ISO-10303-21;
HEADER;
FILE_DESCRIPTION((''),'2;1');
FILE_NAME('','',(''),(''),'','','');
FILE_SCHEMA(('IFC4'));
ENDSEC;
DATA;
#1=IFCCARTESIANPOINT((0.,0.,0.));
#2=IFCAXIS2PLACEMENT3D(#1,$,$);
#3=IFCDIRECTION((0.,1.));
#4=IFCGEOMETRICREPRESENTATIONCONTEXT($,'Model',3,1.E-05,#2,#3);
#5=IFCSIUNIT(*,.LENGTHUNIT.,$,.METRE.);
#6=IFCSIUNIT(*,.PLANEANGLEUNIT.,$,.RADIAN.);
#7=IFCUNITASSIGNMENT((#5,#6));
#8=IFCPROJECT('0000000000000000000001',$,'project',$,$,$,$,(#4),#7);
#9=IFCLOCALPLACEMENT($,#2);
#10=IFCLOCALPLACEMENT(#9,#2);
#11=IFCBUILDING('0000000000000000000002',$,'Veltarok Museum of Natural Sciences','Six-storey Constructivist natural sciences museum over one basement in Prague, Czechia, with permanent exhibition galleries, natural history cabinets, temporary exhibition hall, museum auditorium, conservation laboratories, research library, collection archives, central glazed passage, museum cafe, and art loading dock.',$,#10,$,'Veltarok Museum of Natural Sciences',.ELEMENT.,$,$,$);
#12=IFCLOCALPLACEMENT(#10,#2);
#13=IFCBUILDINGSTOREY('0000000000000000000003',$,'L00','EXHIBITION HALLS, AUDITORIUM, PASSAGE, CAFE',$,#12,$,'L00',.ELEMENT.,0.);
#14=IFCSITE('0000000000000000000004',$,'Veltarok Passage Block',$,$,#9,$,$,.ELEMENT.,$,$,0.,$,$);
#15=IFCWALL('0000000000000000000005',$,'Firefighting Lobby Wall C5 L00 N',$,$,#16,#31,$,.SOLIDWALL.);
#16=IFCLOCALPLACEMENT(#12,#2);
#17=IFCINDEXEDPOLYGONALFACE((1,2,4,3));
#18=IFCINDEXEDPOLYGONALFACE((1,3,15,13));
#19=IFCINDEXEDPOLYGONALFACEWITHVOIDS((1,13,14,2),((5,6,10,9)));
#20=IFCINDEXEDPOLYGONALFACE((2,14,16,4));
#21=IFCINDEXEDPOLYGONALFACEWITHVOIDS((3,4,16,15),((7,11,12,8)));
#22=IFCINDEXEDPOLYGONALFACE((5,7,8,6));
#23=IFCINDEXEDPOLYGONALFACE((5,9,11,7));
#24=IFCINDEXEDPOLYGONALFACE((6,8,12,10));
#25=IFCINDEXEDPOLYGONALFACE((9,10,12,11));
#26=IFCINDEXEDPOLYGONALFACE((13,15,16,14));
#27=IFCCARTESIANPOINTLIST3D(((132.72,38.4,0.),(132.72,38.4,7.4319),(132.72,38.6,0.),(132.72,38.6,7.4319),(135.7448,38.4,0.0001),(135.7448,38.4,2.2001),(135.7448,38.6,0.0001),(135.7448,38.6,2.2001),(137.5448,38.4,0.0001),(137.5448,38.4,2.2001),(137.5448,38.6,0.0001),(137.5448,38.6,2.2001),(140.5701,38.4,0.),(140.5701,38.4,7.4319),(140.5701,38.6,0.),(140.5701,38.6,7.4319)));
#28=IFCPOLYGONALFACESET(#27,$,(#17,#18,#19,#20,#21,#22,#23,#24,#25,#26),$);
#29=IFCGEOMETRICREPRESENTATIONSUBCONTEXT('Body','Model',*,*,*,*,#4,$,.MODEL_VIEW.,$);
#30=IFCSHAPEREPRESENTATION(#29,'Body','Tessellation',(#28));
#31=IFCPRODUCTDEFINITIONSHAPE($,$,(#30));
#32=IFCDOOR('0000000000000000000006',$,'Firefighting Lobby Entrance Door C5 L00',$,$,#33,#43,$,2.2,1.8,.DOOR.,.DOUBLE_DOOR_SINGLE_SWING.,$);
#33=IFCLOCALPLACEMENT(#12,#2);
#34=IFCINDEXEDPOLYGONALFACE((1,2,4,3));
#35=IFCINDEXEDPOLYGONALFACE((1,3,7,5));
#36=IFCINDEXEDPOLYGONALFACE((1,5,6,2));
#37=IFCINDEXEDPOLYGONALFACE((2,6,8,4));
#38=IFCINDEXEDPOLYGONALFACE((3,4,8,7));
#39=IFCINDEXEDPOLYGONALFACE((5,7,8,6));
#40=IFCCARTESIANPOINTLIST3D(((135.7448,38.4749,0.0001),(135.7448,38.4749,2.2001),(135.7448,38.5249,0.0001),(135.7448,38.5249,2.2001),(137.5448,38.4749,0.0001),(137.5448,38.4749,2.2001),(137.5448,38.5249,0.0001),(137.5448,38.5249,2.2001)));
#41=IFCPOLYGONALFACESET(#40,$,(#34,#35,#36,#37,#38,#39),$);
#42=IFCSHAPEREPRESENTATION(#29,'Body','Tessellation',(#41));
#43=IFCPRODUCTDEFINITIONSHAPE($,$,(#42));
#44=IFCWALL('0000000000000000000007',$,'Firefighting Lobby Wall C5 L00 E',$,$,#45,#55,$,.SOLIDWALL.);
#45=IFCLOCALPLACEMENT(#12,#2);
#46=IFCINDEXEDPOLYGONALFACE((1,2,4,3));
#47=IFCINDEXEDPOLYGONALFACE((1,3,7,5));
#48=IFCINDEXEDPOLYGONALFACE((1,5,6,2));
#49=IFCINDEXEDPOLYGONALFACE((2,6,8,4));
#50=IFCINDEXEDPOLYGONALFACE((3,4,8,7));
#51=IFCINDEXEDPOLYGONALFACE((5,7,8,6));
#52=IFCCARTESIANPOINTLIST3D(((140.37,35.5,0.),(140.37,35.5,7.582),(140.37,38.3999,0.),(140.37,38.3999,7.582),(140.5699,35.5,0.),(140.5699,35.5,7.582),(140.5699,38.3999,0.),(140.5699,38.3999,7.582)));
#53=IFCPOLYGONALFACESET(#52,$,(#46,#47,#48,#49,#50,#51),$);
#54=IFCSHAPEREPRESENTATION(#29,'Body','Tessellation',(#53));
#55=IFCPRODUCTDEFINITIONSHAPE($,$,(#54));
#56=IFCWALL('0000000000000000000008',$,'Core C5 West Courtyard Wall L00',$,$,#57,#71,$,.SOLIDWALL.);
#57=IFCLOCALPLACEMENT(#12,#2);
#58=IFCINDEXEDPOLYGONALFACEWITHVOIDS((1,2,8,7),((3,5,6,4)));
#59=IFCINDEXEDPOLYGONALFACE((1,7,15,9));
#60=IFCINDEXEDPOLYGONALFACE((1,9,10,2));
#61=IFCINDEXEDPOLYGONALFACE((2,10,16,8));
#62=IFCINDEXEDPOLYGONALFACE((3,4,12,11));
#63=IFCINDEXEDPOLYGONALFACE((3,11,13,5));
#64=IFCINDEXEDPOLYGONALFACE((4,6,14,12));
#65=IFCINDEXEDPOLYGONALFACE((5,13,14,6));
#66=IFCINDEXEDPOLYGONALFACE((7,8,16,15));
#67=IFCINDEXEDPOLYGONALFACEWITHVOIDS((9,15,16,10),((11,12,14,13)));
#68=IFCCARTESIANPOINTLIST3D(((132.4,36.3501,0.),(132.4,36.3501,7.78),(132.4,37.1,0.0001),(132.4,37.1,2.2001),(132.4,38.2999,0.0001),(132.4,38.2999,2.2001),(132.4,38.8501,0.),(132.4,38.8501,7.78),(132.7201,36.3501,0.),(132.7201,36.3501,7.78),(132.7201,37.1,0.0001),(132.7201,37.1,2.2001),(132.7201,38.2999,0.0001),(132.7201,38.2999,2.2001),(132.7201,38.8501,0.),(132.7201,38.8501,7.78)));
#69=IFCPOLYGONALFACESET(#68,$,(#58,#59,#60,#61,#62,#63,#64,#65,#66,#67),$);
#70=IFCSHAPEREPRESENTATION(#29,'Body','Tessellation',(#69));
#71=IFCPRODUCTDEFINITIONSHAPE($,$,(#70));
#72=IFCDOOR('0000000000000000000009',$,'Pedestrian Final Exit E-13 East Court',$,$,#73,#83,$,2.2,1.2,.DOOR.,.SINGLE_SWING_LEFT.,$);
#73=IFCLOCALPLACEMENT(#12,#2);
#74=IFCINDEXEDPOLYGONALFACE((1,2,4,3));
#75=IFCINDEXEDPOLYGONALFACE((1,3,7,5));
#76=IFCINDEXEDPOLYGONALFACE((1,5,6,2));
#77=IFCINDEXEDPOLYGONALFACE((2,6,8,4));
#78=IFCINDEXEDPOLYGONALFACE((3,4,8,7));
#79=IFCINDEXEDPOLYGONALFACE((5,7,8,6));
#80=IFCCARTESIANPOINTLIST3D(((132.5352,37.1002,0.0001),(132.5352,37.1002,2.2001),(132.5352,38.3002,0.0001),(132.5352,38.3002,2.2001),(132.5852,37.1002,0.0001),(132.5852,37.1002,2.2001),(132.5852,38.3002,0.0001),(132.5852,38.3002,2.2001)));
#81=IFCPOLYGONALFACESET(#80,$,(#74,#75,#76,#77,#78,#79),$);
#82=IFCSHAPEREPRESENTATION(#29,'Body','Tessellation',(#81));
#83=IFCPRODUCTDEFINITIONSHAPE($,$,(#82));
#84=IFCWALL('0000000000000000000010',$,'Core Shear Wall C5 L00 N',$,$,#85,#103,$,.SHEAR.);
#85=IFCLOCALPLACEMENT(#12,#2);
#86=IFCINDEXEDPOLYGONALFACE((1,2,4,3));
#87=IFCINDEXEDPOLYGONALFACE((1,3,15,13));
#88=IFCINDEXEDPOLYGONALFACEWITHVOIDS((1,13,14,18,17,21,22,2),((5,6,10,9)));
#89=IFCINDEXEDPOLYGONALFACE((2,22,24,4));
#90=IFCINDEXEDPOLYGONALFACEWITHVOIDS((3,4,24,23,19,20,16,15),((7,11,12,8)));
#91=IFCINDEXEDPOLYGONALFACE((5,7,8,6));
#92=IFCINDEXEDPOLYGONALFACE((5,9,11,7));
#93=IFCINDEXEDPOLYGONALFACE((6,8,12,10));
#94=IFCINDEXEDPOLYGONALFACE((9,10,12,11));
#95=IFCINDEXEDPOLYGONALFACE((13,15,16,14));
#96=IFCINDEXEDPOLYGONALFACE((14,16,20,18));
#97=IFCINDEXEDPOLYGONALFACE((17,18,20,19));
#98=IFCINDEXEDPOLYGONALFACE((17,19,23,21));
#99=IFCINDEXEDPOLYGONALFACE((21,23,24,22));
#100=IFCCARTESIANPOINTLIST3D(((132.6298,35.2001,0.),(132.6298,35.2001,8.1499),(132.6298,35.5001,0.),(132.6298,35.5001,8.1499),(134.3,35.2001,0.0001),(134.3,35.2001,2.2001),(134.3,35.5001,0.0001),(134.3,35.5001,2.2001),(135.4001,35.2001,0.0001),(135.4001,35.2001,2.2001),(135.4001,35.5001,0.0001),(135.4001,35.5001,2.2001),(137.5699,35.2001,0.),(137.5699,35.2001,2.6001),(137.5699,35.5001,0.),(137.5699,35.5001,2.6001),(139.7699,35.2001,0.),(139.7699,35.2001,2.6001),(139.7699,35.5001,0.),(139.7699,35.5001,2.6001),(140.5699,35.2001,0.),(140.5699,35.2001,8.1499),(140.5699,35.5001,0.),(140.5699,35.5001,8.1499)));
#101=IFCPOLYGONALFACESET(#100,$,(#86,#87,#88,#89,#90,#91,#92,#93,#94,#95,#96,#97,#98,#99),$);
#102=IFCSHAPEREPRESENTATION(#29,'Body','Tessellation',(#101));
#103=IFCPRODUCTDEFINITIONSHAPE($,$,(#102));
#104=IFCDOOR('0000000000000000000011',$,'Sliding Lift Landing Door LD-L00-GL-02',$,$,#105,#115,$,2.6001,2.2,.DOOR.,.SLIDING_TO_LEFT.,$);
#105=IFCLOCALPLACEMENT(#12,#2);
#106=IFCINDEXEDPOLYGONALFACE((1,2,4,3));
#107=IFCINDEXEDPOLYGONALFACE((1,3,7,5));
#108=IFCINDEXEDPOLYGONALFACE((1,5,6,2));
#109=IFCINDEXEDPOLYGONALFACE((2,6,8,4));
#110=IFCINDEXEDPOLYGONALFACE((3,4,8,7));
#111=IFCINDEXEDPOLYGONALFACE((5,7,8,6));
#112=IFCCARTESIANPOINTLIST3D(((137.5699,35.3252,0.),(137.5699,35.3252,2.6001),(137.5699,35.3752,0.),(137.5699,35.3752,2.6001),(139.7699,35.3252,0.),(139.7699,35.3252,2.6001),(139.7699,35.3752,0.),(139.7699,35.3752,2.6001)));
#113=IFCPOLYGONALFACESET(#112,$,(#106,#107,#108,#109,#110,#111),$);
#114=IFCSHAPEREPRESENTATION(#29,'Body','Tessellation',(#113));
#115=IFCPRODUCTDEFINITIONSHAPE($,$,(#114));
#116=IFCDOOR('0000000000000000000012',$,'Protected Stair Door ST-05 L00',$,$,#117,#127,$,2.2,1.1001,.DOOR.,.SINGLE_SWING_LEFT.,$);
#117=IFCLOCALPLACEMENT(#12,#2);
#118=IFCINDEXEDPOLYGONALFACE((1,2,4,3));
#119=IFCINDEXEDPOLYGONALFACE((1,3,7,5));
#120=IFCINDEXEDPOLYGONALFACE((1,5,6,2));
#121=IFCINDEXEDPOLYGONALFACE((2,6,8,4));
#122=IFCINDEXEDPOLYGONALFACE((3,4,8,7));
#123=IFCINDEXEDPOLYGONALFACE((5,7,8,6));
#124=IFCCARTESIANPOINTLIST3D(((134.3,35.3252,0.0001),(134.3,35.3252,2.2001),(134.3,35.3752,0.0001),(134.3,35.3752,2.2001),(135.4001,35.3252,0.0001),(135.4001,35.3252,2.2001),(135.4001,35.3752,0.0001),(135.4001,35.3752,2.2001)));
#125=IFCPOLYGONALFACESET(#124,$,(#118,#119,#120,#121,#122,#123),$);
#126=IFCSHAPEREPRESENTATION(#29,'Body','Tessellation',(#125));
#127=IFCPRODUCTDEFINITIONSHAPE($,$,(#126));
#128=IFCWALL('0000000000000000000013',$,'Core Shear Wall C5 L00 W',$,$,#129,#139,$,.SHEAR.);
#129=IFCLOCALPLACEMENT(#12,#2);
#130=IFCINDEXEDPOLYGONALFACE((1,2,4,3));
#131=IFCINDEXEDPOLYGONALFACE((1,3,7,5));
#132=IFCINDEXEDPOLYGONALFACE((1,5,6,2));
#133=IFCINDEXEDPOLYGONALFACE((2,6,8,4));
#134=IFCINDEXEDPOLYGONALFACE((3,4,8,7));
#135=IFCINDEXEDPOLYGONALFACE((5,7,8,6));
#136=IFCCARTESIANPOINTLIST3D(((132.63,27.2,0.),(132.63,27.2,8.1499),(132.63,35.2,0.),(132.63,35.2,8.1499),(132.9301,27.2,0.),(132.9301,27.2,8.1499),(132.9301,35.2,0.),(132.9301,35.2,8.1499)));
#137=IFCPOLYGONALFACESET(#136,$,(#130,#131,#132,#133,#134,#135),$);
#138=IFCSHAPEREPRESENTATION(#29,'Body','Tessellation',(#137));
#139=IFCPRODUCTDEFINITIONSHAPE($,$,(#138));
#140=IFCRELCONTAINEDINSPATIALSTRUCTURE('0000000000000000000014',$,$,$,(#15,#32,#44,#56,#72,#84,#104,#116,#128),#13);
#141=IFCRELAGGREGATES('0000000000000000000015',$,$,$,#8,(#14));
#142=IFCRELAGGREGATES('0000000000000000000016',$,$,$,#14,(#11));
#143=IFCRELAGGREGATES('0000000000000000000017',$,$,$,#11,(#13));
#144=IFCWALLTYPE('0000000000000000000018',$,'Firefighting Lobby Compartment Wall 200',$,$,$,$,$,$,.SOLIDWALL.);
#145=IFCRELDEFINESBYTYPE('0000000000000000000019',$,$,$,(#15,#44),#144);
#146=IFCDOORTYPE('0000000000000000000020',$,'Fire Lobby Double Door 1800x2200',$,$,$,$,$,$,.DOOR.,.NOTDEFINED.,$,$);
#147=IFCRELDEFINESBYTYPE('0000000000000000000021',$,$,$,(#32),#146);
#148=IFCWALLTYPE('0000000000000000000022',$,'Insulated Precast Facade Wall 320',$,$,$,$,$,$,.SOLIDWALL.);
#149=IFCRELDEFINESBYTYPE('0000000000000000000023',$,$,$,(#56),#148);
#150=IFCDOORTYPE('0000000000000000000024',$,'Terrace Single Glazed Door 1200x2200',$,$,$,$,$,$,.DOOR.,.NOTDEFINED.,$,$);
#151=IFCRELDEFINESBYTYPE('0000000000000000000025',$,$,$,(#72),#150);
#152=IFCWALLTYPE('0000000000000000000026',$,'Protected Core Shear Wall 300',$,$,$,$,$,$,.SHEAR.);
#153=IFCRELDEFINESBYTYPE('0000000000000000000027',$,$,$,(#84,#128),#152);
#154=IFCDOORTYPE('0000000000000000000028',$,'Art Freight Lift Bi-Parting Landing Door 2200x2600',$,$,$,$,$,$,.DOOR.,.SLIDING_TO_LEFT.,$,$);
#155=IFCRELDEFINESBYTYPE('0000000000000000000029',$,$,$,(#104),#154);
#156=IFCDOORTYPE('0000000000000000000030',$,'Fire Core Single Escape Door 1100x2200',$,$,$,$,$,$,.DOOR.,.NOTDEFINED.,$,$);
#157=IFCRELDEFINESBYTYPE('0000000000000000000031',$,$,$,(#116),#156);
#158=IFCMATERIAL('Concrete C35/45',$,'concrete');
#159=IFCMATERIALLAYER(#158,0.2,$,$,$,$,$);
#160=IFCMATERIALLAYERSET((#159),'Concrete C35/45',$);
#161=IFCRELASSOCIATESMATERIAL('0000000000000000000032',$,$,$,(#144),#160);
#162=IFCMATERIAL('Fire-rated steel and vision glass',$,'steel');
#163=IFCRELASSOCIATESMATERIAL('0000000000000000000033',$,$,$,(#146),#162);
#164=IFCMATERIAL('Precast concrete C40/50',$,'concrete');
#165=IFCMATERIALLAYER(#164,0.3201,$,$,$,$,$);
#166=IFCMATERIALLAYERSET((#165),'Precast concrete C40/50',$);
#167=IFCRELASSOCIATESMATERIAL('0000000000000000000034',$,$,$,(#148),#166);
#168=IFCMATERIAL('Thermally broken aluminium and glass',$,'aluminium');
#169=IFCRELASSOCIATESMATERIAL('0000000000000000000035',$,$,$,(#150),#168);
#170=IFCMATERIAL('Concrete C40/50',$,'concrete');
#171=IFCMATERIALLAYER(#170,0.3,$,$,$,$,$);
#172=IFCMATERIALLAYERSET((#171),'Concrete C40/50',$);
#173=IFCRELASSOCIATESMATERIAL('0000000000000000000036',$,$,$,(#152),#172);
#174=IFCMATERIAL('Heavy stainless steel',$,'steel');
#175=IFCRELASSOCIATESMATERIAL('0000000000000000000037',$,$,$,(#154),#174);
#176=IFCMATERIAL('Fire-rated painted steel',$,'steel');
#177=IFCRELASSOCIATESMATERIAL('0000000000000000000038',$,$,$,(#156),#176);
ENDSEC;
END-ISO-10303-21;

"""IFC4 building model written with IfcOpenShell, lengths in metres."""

from ifc_helpers import new_model, si_unit, direction, frame, frame_2d, origin, place, context, subcontext, project, spatial, rectangle, extrude, material, layer, layer_set, type_object, element, fill, save


model = new_model("IFC4")

# Units and contexts
model_context = context("Model", 3, precision=1e-05, world=origin(), true_north=direction((0.0, 1.0)))
body_context = subcontext(model_context, "Body", "Model", "MODEL_VIEW")
ifc_project = project(units=[si_unit("LENGTHUNIT", "METRE"), si_unit("PLANEANGLEUNIT", "RADIAN")], contexts=[model_context])

# Site, building, storey
site_placement = place(None, origin())
site = spatial("IfcSite", under=ifc_project, at=site_placement, Name="Veltarok Passage Block", CompositionType="ELEMENT", RefElevation=0.0)
building_placement = place(site_placement, origin())
building = spatial("IfcBuilding", under=site, at=building_placement, Name="Veltarok Museum of Natural Sciences", Description="Six-storey Constructivist natural sciences museum over one basement in Prague, Czechia, with permanent exhibition galleries, natural history cabinets, temporary exhibition hall, museum auditorium, conservation laboratories, research library, collection archives, central glazed passage, museum cafe, and art loading dock.", LongName="Veltarok Museum of Natural Sciences", CompositionType="ELEMENT")
storey_placement = place(building_placement, origin())
storey = spatial("IfcBuildingStorey", under=building, at=storey_placement, Name="L00", Description="EXHIBITION HALLS, AUDITORIUM, PASSAGE, CAFE", LongName="L00", CompositionType="ELEMENT", Elevation=0.0)

# Shared definitions
ifc_material_1 = material(Name="Concrete C40/50", Category="concrete")

# Wall, opening, door
ifc_material_2 = material(Name="Concrete C35/45", Category="concrete")
ifc_layer_1 = layer(ifc_material_2, 0.2)
ifc_layer_set_1 = layer_set([ifc_layer_1], Name="Concrete C35/45")
wall_type_1 = type_object("IfcWallType", Name="Firefighting Lobby Compartment Wall 200", PredefinedType="SOLIDWALL", material=ifc_layer_set_1)
wall_1_placement = place(storey_placement, frame((132.72, 38.5, 0.0), z_axis=(0.0, 0.0, 1.0), x_axis=(1.0, 0.0, 0.0)))
wall_1 = element("IfcWall", 1, at=wall_1_placement, inside=storey, type_object=wall_type_1, Name="Firefighting Lobby Wall C5 L00 N", PredefinedType="SOLIDWALL", context=body_context, shape_type="SweptSolid", body=[
    extrude(rectangle(XDim=7.8501, YDim=0.2, at=frame_2d((3.925, 0.0))), origin(), (0.0, 0.0, 1.0), 7.4319),
])
opening_1_placement = place(wall_1_placement, frame((3.0249, 0.0, 0.0)))
opening_1 = element("IfcOpeningElement", 2, at=opening_1_placement, cuts=wall_1, PredefinedType="OPENING", context=body_context, shape_type="SweptSolid", body=[
    extrude(rectangle(XDim=1.8, YDim=2.2, at=frame_2d((0.8999, 1.1001))), frame((0.0, 0.1099, 0.0), z_axis=(0.0, -1.0, 0.0), x_axis=(1.0, 0.0, 0.0)), (0.0, 0.0, 1.0), 0.22),
])
ifc_material_3 = material(Name="Fire-rated steel and vision glass", Category="steel")
door_type_1 = type_object("IfcDoorType", Name="Fire Lobby Double Door 1800x2200", OperationType="NOTDEFINED", PredefinedType="DOOR", material=ifc_material_3)
door_1_placement = place(opening_1_placement, origin())
door_1 = element("IfcDoor", 3, at=door_1_placement, inside=storey, type_object=door_type_1, Name="Firefighting Lobby Entrance Door C5 L00", OperationType="DOUBLE_DOOR_SINGLE_SWING", OverallHeight=2.2, OverallWidth=1.8, PredefinedType="DOOR", context=body_context, shape_type="SweptSolid", body=[
    extrude(rectangle(XDim=1.8, YDim=2.2, at=frame_2d((0.8999, 1.1001))), frame((0.0, 0.0249, 0.0), z_axis=(0.0, -1.0, 0.0), x_axis=(1.0, 0.0, 0.0)), (0.0, 0.0, 1.0), 0.05),
])
fill(opening_1, door_1)

# Wall
wall_2_placement = place(storey_placement, frame((140.47, 38.3999, 0.0), z_axis=(0.0, 0.0, 1.0), x_axis=(0.0, -1.0, 0.0)))
element("IfcWall", 4, at=wall_2_placement, inside=storey, type_object=wall_type_1, Name="Firefighting Lobby Wall C5 L00 E", PredefinedType="SOLIDWALL", context=body_context, shape_type="SweptSolid", body=[
    extrude(rectangle(XDim=2.8999, YDim=0.2, at=frame_2d((1.45, 0.0))), origin(), (0.0, 0.0, 1.0), 7.582),
])

# Wall, opening, door
ifc_material_4 = material(Name="Precast concrete C40/50", Category="concrete")
ifc_layer_2 = layer(ifc_material_4, 0.3201)
ifc_layer_set_2 = layer_set([ifc_layer_2], Name="Precast concrete C40/50")
wall_type_2 = type_object("IfcWallType", Name="Insulated Precast Facade Wall 320", PredefinedType="SOLIDWALL", material=ifc_layer_set_2)
wall_3_placement = place(storey_placement, frame((132.5601, 38.8501, 0.0), z_axis=(0.0, 0.0, 1.0), x_axis=(0.0, -1.0, 0.0)))
wall_3 = element("IfcWall", 5, at=wall_3_placement, inside=storey, type_object=wall_type_2, Name="Core C5 West Courtyard Wall L00", PredefinedType="SOLIDWALL", context=body_context, shape_type="SweptSolid", body=[
    extrude(rectangle(XDim=2.5, YDim=0.3201, at=frame_2d((1.25, 0.0))), origin(), (0.0, 0.0, 1.0), 7.78),
])
opening_2_placement = place(wall_3_placement, frame((0.55, 0.0, 0.0)))
opening_2 = element("IfcOpeningElement", 6, at=opening_2_placement, cuts=wall_3, PredefinedType="OPENING", context=body_context, shape_type="SweptSolid", body=[
    extrude(rectangle(XDim=1.2, YDim=2.2, at=frame_2d((0.6001, 1.1001))), frame((0.0, 0.1699, 0.0), z_axis=(0.0, -1.0, 0.0), x_axis=(1.0, 0.0, 0.0)), (0.0, 0.0, 1.0), 0.3401),
])
ifc_material_5 = material(Name="Thermally broken aluminium and glass", Category="aluminium")
door_type_2 = type_object("IfcDoorType", Name="Terrace Single Glazed Door 1200x2200", OperationType="NOTDEFINED", PredefinedType="DOOR", material=ifc_material_5)
door_2_placement = place(opening_2_placement, frame((1.2, 0.0, 0.0), z_axis=(0.0, 0.0, 1.0), x_axis=(-1.0, 0.0, 0.0)))
door_2 = element("IfcDoor", 7, at=door_2_placement, inside=storey, type_object=door_type_2, Name="Pedestrian Final Exit E-13 East Court", OperationType="SINGLE_SWING_LEFT", OverallHeight=2.2, OverallWidth=1.2, PredefinedType="DOOR", context=body_context, shape_type="SweptSolid", body=[
    extrude(rectangle(XDim=1.2, YDim=2.2, at=frame_2d((0.6001, 1.1001))), frame((0.0, 0.0249, 0.0), z_axis=(0.0, -1.0, 0.0), x_axis=(1.0, 0.0, 0.0)), (0.0, 0.0, 1.0), 0.05),
])
fill(opening_2, door_2)

# Wall, openings, doors
ifc_layer_3 = layer(ifc_material_1, 0.3)
ifc_layer_set_3 = layer_set([ifc_layer_3], Name="Concrete C40/50")
wall_type_3 = type_object("IfcWallType", Name="Protected Core Shear Wall 300", PredefinedType="SHEAR", material=ifc_layer_set_3)
wall_4_placement = place(storey_placement, frame((140.5701, 35.3501, 0.0), z_axis=(0.0, 0.0, 1.0), x_axis=(-1.0, 0.0, 0.0)))
wall_4 = element("IfcWall", 8, at=wall_4_placement, inside=storey, type_object=wall_type_3, Name="Core Shear Wall C5 L00 N", PredefinedType="SHEAR", context=body_context, shape_type="SweptSolid", body=[
    extrude(rectangle(XDim=7.9402, YDim=0.3, at=frame_2d((3.9702, 0.0))), origin(), (0.0, 0.0, 1.0), 8.1499),
])
opening_3_placement = place(wall_4_placement, frame((5.1699, 0.0, 0.0)))
opening_3 = element("IfcOpeningElement", 9, at=opening_3_placement, cuts=wall_4, PredefinedType="OPENING", context=body_context, shape_type="SweptSolid", body=[
    extrude(rectangle(XDim=1.1001, YDim=2.2, at=frame_2d((0.55, 1.1001))), frame((0.0, 0.1602, 0.0), z_axis=(0.0, -1.0, 0.0), x_axis=(1.0, 0.0, 0.0)), (0.0, 0.0, 1.0), 0.3201),
])
opening_4_placement = place(wall_4_placement, frame((0.8, 0.0, 0.0)))
opening_4 = element("IfcOpeningElement", 10, at=opening_4_placement, cuts=wall_4, PredefinedType="OPENING", context=body_context, shape_type="SweptSolid", body=[
    extrude(rectangle(XDim=2.2, YDim=2.6001, at=frame_2d((1.1001, 1.3))), frame((0.0, 0.1602, 0.0), z_axis=(0.0, -1.0, 0.0), x_axis=(1.0, 0.0, 0.0)), (0.0, 0.0, 1.0), 0.3201),
])
ifc_material_6 = material(Name="Heavy stainless steel", Category="steel")
door_type_3 = type_object("IfcDoorType", Name="Art Freight Lift Bi-Parting Landing Door 2200x2600", OperationType="SLIDING_TO_LEFT", PredefinedType="DOOR", material=ifc_material_6)
door_3_placement = place(opening_4_placement, origin())
door_3 = element("IfcDoor", 11, at=door_3_placement, inside=storey, type_object=door_type_3, Name="Sliding Lift Landing Door LD-L00-GL-02", OperationType="SLIDING_TO_LEFT", OverallHeight=2.6001, OverallWidth=2.2, PredefinedType="DOOR", context=body_context, shape_type="SweptSolid", body=[
    extrude(rectangle(XDim=2.2, YDim=2.6001, at=frame_2d((1.1001, 1.3))), frame((0.0, 0.0249, 0.0), z_axis=(0.0, -1.0, 0.0), x_axis=(1.0, 0.0, 0.0)), (0.0, 0.0, 1.0), 0.05),
])
fill(opening_4, door_3)
ifc_material_7 = material(Name="Fire-rated painted steel", Category="steel")
door_type_4 = type_object("IfcDoorType", Name="Fire Core Single Escape Door 1100x2200", OperationType="NOTDEFINED", PredefinedType="DOOR", material=ifc_material_7)
door_4_placement = place(opening_3_placement, origin())
door_4 = element("IfcDoor", 12, at=door_4_placement, inside=storey, type_object=door_type_4, Name="Protected Stair Door ST-05 L00", OperationType="SINGLE_SWING_LEFT", OverallHeight=2.2, OverallWidth=1.1001, PredefinedType="DOOR", context=body_context, shape_type="SweptSolid", body=[
    extrude(rectangle(XDim=1.1001, YDim=2.2, at=frame_2d((0.55, 1.1001))), frame((0.0, 0.0249, 0.0), z_axis=(0.0, -1.0, 0.0), x_axis=(1.0, 0.0, 0.0)), (0.0, 0.0, 1.0), 0.05),
])
fill(opening_3, door_4)

# Wall
wall_5_placement = place(storey_placement, frame((132.78, 35.2, 0.0), z_axis=(0.0, 0.0, 1.0), x_axis=(0.0, -1.0, 0.0)))
element("IfcWall", 13, at=wall_5_placement, inside=storey, type_object=wall_type_3, Name="Core Shear Wall C5 L00 W", PredefinedType="SHEAR", context=body_context, shape_type="SweptSolid", body=[
    extrude(rectangle(XDim=8.0, YDim=0.3, at=frame_2d((4.0, 0.0))), origin(), (0.0, 0.0, 1.0), 8.1499),
])

save(model, "model.ifc")
